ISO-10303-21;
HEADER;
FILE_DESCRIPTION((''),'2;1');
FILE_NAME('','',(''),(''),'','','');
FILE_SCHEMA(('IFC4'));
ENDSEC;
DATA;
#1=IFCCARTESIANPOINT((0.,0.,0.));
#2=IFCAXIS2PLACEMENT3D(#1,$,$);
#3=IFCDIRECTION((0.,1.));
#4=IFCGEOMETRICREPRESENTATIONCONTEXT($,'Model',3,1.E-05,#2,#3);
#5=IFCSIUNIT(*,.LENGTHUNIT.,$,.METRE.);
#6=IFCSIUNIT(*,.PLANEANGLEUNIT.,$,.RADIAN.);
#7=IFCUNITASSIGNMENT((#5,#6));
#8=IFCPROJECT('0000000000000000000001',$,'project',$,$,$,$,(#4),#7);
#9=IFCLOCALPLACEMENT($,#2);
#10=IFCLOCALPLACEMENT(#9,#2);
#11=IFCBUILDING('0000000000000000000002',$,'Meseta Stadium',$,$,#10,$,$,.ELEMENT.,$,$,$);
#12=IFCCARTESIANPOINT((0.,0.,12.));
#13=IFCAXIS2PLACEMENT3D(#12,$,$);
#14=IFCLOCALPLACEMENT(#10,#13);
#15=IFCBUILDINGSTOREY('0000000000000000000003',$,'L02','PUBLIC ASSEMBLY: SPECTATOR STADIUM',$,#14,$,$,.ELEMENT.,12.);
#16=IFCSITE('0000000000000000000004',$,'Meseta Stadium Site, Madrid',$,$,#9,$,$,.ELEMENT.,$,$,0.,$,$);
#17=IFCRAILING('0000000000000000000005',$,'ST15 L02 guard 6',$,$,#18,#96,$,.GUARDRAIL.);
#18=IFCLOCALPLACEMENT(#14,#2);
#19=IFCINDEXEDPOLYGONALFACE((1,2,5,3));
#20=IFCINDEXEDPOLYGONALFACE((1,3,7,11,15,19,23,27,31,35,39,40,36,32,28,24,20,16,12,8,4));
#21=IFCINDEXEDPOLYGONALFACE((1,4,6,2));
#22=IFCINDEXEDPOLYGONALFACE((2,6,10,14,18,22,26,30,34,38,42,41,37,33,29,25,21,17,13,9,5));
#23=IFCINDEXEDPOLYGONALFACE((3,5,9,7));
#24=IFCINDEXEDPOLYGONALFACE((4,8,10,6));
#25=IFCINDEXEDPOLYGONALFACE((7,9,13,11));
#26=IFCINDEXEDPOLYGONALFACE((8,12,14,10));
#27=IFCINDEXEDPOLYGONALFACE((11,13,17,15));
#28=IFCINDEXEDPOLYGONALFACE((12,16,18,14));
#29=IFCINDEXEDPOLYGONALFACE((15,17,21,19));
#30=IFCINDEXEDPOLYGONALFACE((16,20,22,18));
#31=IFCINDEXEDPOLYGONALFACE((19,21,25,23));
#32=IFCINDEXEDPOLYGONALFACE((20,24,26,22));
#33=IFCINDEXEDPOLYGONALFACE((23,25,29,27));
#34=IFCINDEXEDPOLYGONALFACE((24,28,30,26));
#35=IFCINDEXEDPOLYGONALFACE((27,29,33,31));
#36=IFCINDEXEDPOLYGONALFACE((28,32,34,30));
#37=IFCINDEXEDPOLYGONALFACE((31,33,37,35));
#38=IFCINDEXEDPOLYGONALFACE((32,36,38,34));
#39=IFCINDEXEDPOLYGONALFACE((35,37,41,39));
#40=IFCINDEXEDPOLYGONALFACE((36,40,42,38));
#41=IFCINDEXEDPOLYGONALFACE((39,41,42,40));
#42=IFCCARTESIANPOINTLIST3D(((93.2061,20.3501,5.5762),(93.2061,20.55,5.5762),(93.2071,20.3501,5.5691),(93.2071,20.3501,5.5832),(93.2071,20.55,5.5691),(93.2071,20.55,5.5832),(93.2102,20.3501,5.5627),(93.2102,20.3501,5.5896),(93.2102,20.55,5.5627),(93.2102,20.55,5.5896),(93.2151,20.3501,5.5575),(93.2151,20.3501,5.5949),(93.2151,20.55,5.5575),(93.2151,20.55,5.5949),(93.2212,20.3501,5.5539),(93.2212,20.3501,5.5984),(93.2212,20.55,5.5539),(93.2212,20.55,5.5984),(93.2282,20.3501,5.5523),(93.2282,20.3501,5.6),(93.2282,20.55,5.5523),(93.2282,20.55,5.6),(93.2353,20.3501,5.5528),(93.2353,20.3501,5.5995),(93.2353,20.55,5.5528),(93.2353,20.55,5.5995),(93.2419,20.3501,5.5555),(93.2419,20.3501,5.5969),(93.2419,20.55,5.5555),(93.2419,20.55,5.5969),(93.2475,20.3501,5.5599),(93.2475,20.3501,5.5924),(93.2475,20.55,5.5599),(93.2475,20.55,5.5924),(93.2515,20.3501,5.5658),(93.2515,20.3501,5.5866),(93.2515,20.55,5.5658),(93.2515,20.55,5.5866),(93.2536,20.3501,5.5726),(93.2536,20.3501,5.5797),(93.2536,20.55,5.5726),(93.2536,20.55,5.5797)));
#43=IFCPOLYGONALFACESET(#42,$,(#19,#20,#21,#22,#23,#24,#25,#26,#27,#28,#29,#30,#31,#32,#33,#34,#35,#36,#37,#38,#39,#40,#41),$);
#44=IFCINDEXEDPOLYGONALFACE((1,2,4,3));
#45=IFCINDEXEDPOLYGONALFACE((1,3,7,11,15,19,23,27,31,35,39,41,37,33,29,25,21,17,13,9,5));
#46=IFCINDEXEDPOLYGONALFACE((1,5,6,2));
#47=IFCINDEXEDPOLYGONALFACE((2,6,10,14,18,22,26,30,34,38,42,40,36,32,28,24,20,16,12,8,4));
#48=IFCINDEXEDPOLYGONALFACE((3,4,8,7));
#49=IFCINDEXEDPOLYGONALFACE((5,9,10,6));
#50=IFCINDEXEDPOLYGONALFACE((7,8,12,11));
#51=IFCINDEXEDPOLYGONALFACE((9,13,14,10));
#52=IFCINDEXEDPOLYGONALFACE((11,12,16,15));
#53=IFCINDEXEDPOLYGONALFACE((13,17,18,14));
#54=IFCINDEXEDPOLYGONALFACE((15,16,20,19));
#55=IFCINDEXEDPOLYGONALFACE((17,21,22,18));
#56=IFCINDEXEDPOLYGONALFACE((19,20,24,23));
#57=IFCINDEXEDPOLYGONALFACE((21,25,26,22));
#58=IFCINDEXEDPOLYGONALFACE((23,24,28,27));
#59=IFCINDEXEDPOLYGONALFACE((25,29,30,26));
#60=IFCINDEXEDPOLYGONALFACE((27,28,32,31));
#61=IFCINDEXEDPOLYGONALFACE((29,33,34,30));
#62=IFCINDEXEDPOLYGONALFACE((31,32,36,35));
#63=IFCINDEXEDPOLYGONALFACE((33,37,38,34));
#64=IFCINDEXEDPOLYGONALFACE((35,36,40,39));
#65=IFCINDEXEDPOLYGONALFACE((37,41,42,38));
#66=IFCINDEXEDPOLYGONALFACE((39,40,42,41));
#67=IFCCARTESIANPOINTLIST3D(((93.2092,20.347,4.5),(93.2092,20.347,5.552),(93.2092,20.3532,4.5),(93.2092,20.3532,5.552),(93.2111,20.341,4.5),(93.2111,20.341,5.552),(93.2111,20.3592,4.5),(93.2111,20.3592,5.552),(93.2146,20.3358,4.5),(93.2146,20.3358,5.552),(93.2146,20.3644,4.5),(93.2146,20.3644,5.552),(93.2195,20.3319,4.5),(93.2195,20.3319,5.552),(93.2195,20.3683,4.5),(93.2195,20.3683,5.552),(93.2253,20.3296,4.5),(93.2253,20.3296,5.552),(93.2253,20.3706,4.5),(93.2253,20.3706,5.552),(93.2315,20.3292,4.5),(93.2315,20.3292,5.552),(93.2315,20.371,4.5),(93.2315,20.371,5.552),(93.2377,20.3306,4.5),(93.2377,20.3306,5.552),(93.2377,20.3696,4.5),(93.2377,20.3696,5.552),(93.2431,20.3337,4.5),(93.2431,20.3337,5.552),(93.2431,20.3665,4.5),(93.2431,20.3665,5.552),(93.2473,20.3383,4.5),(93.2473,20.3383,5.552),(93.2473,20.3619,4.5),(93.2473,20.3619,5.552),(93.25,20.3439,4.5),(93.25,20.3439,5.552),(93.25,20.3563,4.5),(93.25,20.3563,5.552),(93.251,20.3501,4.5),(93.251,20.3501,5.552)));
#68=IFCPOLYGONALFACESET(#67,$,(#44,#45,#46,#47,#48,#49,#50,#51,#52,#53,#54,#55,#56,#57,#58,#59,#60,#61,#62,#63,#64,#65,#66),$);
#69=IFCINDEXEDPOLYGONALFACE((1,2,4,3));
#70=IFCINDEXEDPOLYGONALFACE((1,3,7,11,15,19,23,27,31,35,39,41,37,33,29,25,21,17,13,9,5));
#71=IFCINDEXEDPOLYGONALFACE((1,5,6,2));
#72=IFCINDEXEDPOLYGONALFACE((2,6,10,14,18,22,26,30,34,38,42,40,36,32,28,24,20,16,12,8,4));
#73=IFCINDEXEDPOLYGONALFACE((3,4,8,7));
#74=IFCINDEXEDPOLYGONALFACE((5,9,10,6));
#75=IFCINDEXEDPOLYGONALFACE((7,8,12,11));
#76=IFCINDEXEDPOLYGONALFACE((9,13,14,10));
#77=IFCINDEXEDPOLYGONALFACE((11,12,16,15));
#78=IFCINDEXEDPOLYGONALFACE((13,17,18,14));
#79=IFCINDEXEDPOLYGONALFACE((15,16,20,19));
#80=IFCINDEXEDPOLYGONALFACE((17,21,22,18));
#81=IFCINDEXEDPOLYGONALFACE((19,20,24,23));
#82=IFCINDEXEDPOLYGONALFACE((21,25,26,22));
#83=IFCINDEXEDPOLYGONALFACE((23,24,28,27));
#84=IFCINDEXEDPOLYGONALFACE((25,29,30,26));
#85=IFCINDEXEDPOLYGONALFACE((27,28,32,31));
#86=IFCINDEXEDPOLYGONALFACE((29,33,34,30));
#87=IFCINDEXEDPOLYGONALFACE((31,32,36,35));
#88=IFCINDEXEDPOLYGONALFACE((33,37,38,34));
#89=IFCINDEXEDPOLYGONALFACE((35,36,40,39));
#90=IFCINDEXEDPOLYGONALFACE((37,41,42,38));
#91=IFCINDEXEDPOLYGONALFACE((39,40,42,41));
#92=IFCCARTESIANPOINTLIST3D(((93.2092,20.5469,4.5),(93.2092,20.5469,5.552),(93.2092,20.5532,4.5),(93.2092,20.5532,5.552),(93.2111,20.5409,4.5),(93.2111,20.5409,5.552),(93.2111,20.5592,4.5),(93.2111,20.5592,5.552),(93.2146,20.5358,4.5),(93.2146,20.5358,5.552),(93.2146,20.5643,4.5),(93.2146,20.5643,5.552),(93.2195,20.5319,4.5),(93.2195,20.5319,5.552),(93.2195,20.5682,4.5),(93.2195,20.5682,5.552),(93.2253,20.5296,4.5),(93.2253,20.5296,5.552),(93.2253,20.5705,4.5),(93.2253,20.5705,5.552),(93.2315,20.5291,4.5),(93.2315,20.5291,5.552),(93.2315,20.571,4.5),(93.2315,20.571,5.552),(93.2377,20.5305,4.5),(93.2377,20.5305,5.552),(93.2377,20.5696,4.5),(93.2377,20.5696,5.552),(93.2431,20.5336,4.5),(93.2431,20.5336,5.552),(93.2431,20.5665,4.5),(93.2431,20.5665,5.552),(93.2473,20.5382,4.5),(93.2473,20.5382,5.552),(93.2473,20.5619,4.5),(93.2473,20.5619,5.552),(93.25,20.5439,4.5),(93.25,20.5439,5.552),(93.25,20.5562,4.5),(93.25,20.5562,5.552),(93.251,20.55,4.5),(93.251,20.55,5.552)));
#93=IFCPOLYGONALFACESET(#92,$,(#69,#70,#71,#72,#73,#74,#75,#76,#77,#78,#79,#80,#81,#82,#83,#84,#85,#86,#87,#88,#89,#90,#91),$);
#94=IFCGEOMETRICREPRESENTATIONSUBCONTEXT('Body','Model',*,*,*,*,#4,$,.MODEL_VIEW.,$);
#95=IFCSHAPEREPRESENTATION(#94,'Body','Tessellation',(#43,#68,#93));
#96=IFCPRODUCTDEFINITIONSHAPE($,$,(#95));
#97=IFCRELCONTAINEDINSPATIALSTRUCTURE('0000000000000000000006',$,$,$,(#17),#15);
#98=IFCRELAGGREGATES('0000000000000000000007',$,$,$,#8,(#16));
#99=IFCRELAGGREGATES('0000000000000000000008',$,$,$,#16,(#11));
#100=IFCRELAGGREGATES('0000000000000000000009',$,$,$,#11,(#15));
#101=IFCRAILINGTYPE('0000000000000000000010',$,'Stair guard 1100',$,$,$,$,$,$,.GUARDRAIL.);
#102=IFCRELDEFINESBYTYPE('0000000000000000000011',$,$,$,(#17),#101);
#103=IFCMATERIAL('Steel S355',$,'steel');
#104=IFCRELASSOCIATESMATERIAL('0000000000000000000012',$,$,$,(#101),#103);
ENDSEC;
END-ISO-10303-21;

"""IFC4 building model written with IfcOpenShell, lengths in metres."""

from ifc_helpers import new_model, si_unit, direction, frame, origin, origin_2d, place, context, subcontext, project, spatial, circle, extrude, material, type_object, element, save


model = new_model("IFC4")

# Units and contexts
model_context = context("Model", 3, precision=1e-05, world=origin(), true_north=direction((0.0, 1.0)))
body_context = subcontext(model_context, "Body", "Model", "MODEL_VIEW")
ifc_project = project(units=[si_unit("LENGTHUNIT", "METRE"), si_unit("PLANEANGLEUNIT", "RADIAN")], contexts=[model_context])

# Site, building, storey
site_placement = place(None, origin())
site = spatial("IfcSite", under=ifc_project, at=site_placement, Name="Meseta Stadium Site, Madrid", CompositionType="ELEMENT", RefElevation=0.0)
building_placement = place(site_placement, origin())
building = spatial("IfcBuilding", under=site, at=building_placement, Name="Meseta Stadium", CompositionType="ELEMENT")
storey_placement = place(building_placement, frame((0.0, 0.0, 12.0)))
storey = spatial("IfcBuildingStorey", under=building, at=storey_placement, Name="L02", Description="PUBLIC ASSEMBLY: SPECTATOR STADIUM", CompositionType="ELEMENT", Elevation=12.0)

# Railing
ifc_material_1 = material(Name="Steel S355", Category="steel")
railing_type_1 = type_object("IfcRailingType", Name="Stair guard 1100", PredefinedType="GUARDRAIL", material=ifc_material_1)
railing_1_placement = place(storey_placement, frame((93.23, 20.3501, 4.5)))
element("IfcRailing", 1, at=railing_1_placement, inside=storey, type_object=railing_type_1, Name="ST15 L02 guard 6", PredefinedType="GUARDRAIL", context=body_context, shape_type="SweptSolid", body=[
    extrude(circle(Radius=0.0239, at=origin_2d()), frame((0.0, 0.0, 1.0762), z_axis=(0.0, 1.0, 0.0), x_axis=(-1.0, 0.0, 0.0)), (0.0, 0.0, 1.0), 0.2),
    extrude(circle(Radius=0.021, at=origin_2d()), origin(), (0.0, 0.0, 1.0), 1.052),
    extrude(circle(Radius=0.021, at=origin_2d()), frame((0.0, 0.2, 0.0)), (0.0, 0.0, 1.0), 1.052),
])

save(model, "model.ifc")
